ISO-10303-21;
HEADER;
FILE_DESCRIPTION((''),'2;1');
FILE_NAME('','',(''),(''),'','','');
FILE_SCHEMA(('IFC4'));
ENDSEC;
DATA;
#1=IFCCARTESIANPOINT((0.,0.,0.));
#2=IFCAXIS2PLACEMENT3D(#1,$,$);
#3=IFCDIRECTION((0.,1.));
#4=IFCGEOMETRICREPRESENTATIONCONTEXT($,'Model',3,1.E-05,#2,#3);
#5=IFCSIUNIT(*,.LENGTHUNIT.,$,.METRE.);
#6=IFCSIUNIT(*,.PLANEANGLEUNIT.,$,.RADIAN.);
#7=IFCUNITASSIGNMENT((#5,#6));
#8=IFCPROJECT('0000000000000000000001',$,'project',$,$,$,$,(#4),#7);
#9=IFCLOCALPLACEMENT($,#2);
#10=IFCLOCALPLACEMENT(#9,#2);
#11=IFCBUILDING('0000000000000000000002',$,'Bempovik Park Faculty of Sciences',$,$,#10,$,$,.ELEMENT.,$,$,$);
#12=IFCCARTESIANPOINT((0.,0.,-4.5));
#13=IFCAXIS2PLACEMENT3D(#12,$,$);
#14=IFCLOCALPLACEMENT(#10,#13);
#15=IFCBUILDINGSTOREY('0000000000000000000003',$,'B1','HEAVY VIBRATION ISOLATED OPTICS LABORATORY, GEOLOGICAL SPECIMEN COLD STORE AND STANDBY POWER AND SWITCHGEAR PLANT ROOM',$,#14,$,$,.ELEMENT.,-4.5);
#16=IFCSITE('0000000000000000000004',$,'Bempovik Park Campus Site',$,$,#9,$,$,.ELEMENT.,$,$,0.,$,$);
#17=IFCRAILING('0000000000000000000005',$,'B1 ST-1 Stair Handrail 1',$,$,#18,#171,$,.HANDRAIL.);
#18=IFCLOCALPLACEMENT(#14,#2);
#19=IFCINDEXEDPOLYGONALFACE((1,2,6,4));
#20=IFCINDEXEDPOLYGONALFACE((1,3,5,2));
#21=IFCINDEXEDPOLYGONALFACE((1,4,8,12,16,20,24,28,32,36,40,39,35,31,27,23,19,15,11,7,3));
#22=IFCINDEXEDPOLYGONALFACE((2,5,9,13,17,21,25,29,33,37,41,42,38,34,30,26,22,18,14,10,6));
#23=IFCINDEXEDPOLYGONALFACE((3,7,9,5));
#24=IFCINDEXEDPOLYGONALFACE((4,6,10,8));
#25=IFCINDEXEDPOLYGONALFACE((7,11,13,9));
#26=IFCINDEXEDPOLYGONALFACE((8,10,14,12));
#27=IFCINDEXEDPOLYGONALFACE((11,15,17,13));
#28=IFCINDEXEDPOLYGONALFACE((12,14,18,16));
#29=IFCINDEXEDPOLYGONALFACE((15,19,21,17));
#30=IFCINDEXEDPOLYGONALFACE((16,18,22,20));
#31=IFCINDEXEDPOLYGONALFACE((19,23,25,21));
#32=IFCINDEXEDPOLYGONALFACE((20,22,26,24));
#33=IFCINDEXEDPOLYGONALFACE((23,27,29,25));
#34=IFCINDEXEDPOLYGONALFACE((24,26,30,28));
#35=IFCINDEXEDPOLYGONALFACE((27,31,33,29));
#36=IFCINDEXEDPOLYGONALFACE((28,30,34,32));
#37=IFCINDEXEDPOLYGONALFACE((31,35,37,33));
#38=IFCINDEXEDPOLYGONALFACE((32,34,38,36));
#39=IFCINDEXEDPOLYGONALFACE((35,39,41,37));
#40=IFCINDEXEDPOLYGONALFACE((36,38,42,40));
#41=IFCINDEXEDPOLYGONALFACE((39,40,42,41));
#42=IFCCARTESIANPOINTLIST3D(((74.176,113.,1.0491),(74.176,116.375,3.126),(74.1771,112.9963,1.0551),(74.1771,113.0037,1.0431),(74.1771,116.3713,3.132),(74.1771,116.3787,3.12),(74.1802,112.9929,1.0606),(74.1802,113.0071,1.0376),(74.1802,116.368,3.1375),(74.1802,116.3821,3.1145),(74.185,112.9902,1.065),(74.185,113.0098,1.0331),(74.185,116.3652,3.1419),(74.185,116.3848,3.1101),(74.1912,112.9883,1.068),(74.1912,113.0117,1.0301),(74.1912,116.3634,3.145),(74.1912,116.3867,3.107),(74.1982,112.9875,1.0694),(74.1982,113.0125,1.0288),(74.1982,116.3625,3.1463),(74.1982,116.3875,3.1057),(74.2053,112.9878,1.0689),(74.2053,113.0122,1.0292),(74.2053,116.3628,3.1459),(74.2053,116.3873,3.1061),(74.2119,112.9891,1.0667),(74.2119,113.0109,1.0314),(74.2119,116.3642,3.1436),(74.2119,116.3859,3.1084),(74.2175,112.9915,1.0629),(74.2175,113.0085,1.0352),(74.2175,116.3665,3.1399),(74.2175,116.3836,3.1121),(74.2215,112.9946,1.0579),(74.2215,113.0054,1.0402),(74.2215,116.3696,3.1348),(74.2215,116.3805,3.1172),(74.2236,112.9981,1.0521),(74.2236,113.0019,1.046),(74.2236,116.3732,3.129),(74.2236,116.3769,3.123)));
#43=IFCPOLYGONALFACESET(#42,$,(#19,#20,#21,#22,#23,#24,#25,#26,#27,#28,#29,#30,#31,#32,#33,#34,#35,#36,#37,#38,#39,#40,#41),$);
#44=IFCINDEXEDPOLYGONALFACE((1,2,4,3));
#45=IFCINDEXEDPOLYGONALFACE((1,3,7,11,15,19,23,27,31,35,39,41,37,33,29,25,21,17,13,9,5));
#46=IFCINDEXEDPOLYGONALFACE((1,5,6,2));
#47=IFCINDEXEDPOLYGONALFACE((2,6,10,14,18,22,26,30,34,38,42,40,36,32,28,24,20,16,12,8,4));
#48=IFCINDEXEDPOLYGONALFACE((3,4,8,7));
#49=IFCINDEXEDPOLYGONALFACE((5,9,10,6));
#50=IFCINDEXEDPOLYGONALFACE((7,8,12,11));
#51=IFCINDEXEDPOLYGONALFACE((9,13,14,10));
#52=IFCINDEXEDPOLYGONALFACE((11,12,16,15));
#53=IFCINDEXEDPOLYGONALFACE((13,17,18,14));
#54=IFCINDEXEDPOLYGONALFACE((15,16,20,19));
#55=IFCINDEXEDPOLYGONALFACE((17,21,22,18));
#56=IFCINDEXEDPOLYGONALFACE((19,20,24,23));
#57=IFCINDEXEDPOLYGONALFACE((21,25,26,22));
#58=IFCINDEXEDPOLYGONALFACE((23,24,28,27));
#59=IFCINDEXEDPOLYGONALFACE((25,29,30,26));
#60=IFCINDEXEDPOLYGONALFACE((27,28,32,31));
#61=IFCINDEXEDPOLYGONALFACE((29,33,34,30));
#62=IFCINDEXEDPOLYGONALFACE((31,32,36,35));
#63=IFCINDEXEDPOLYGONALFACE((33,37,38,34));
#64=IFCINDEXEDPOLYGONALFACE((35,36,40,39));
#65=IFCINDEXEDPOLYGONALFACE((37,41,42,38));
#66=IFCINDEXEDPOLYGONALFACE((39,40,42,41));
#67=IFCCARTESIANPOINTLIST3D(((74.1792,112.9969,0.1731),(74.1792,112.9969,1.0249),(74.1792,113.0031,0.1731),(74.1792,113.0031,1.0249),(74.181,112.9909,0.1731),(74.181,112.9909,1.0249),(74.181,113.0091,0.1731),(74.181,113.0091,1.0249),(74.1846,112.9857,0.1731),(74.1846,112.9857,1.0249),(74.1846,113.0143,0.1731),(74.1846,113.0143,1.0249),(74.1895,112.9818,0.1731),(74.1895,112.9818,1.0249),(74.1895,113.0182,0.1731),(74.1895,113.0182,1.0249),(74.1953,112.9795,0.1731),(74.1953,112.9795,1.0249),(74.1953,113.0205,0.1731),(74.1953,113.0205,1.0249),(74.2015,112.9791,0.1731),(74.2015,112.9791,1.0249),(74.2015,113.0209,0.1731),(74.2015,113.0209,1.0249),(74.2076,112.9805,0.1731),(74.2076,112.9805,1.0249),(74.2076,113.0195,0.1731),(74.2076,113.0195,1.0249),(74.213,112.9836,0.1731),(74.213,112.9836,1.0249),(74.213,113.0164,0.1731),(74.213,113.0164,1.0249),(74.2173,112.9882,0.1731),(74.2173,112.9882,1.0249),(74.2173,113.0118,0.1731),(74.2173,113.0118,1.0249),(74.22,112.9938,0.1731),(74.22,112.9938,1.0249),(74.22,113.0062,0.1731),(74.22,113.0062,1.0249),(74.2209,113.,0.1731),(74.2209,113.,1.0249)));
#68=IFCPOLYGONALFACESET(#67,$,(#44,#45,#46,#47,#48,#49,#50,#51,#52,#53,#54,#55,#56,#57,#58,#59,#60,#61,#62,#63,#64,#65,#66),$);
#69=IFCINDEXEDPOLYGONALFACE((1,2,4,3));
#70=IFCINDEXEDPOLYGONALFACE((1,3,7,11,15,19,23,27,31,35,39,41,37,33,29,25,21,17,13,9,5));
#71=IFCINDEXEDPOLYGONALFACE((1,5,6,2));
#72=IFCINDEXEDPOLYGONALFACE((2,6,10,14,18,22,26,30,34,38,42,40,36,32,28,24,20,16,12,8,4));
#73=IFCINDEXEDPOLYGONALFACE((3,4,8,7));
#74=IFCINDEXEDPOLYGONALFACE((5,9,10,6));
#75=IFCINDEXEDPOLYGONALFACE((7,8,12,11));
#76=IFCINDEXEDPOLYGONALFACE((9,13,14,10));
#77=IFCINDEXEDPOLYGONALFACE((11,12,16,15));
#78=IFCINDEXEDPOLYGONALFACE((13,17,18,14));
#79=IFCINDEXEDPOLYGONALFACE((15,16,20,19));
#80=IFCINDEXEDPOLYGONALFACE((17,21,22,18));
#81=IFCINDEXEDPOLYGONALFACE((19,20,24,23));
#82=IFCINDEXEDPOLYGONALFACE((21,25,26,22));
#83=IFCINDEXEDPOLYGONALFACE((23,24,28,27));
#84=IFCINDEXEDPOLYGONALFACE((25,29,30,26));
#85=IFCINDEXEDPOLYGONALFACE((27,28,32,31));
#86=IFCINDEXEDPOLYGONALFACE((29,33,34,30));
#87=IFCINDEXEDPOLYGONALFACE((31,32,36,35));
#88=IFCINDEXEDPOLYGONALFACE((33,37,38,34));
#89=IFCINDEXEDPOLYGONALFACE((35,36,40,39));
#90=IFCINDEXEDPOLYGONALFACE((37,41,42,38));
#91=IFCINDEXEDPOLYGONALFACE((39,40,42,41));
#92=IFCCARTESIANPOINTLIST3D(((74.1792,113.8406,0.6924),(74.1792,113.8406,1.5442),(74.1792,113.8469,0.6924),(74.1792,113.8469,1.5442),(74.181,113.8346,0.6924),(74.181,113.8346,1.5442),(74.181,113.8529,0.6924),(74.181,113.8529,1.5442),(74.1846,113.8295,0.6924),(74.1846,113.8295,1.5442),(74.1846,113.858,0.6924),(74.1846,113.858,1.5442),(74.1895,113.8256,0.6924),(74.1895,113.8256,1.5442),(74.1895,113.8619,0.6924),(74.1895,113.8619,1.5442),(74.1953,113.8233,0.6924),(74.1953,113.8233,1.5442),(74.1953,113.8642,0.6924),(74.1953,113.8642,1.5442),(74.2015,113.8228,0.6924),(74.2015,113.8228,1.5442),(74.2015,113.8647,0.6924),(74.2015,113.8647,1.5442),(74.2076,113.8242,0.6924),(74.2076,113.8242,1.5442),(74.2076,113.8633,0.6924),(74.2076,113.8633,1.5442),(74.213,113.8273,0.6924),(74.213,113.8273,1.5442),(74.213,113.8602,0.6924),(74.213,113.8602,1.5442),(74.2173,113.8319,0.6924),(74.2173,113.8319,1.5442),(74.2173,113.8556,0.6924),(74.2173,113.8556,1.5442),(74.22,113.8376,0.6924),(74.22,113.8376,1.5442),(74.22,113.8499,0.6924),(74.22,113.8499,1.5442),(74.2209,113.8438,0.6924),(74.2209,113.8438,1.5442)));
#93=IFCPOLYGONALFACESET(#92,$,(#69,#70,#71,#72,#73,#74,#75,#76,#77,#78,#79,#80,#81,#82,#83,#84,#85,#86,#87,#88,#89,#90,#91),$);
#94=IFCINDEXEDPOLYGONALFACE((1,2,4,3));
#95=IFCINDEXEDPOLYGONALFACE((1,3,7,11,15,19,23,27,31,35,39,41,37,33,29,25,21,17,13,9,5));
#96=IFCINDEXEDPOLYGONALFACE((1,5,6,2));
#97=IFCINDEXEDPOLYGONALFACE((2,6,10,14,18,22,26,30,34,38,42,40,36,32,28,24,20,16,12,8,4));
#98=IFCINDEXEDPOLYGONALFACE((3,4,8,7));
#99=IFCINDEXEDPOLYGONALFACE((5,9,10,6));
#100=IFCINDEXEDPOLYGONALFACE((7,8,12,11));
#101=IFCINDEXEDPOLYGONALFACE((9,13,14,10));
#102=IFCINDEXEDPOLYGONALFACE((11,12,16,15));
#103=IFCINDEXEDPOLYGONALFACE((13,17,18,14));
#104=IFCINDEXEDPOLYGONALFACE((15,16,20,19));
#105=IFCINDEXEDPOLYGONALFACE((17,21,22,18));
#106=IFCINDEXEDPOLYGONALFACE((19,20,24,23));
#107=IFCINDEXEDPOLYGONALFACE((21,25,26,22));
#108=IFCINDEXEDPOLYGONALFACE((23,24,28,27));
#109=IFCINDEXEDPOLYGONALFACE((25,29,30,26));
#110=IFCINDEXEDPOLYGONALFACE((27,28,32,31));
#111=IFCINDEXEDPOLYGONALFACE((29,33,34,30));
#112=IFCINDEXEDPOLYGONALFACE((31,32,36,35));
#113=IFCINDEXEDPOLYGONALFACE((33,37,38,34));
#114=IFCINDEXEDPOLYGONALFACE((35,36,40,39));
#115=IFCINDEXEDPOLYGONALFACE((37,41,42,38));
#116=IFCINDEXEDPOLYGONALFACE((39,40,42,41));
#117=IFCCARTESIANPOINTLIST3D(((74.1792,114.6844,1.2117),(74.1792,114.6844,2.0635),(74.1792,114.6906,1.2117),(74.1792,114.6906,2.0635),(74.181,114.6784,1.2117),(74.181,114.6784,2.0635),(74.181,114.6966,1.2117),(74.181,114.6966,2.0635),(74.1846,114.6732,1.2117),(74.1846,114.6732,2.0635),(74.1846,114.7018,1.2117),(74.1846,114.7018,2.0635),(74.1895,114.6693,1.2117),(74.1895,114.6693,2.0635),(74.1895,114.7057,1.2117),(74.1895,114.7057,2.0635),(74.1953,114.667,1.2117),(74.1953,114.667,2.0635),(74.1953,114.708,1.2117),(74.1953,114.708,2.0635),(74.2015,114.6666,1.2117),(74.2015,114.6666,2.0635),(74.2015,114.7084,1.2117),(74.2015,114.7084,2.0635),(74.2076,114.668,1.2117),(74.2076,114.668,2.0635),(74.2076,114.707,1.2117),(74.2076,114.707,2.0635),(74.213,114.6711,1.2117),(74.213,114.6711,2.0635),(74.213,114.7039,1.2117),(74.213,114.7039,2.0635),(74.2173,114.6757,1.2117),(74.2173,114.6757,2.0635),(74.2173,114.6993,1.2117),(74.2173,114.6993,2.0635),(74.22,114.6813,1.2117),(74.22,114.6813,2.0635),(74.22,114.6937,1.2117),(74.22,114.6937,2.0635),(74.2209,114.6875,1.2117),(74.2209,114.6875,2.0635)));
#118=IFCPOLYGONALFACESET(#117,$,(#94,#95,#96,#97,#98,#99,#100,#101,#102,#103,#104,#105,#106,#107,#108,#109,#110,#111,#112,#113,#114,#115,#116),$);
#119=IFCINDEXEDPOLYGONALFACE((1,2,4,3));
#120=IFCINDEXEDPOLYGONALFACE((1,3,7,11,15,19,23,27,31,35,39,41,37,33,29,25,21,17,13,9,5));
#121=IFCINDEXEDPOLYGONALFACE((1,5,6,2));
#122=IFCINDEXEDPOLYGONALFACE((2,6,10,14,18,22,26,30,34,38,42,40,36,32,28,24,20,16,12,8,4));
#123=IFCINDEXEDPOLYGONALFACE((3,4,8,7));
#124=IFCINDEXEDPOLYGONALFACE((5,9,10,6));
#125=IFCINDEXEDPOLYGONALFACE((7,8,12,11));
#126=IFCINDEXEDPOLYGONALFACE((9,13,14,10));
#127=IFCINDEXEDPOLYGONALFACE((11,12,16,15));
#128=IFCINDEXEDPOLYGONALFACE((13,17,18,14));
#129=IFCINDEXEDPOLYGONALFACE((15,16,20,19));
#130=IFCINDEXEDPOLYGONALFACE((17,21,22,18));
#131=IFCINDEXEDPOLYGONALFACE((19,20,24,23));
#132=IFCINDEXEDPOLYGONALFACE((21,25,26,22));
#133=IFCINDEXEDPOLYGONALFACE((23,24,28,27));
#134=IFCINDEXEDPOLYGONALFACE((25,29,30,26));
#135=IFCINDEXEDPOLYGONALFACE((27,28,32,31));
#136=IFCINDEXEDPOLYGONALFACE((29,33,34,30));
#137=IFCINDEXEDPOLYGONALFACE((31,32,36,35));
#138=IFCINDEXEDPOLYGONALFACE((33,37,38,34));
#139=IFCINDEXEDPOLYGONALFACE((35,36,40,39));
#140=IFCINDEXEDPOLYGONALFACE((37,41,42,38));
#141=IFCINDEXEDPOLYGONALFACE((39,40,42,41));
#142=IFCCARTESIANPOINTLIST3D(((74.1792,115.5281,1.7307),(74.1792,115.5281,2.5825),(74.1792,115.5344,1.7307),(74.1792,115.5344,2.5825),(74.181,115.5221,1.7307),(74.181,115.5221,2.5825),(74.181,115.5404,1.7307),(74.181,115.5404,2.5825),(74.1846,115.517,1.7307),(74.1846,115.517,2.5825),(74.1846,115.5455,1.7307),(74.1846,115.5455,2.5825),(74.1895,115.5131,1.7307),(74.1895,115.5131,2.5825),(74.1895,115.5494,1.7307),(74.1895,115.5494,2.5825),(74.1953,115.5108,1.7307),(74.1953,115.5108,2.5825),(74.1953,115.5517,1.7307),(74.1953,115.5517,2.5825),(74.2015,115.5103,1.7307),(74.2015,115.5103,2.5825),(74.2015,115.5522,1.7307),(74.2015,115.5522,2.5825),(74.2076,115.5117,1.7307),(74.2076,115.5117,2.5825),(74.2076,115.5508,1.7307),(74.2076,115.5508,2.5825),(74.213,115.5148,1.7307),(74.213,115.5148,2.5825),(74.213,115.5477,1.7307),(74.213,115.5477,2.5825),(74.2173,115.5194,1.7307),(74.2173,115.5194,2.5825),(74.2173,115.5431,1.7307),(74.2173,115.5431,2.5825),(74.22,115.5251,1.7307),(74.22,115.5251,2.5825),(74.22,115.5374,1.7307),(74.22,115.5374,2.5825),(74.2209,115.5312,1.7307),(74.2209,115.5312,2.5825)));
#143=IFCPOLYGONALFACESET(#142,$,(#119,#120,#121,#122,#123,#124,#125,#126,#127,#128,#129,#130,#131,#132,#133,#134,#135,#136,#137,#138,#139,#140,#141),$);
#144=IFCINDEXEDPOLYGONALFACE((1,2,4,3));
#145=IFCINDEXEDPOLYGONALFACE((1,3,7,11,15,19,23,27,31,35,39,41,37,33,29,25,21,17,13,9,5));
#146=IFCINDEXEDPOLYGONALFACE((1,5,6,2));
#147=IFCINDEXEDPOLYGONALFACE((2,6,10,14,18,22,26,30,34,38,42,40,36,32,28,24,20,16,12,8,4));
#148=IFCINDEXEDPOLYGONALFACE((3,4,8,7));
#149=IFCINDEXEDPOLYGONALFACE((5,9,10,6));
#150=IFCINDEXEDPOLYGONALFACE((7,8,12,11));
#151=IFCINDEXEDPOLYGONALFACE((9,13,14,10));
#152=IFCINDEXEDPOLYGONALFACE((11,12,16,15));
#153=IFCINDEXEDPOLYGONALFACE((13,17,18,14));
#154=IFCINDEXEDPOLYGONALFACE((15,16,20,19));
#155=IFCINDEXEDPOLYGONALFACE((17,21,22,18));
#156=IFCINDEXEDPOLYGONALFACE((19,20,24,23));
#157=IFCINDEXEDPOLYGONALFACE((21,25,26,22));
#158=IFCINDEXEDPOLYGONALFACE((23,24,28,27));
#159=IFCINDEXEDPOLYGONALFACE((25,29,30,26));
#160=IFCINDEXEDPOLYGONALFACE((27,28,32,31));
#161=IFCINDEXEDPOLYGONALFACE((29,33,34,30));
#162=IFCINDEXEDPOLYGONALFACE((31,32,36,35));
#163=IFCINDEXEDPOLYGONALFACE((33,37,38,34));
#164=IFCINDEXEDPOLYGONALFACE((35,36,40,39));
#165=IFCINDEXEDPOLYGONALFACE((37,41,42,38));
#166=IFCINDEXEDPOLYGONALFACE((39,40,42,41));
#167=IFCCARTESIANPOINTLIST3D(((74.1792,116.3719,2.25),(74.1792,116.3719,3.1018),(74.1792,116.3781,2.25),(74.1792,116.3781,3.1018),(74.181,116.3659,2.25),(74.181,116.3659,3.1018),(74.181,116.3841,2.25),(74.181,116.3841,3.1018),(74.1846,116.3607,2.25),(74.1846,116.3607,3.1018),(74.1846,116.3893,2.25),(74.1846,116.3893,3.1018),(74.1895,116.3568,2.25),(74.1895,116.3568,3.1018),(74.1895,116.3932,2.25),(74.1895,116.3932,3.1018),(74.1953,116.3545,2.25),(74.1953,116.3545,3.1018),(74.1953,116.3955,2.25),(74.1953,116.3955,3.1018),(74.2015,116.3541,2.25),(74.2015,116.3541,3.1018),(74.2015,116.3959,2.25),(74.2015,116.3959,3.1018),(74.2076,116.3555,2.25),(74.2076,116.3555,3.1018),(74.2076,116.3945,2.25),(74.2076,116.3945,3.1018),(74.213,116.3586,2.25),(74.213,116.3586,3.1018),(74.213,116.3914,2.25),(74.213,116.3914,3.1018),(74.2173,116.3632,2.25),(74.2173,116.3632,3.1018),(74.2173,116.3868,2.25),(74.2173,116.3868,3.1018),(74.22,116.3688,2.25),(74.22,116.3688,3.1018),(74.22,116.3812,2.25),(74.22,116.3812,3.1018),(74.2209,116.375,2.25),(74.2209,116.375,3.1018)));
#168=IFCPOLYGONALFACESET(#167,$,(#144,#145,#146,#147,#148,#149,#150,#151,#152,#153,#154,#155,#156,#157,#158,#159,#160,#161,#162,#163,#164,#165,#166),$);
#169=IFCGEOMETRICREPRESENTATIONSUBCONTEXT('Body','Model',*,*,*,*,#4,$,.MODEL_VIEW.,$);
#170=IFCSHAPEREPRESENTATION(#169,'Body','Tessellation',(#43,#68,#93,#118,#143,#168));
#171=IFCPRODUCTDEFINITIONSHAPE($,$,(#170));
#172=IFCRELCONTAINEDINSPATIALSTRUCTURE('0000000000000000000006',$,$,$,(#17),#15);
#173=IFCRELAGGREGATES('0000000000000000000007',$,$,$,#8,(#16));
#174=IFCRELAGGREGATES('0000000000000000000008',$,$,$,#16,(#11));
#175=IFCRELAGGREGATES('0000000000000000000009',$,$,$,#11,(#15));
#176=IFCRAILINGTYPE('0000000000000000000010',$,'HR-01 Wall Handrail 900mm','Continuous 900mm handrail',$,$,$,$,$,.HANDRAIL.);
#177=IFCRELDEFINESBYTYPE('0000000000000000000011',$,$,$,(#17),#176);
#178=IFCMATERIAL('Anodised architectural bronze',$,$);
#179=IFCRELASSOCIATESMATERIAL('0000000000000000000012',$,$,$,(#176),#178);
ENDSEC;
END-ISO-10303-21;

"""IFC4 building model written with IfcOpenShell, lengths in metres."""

from ifc_helpers import new_model, si_unit, direction, frame, origin, origin_2d, place, context, subcontext, project, spatial, circle, extrude, material, type_object, element, save


model = new_model("IFC4")

# Units and contexts
model_context = context("Model", 3, precision=1e-05, world=origin(), true_north=direction((0.0, 1.0)))
body_context = subcontext(model_context, "Body", "Model", "MODEL_VIEW")
ifc_project = project(units=[si_unit("LENGTHUNIT", "METRE"), si_unit("PLANEANGLEUNIT", "RADIAN")], contexts=[model_context])

# Site, building, storey
site_placement = place(None, origin())
site = spatial("IfcSite", under=ifc_project, at=site_placement, Name="Bempovik Park Campus Site", CompositionType="ELEMENT", RefElevation=0.0)
building_placement = place(site_placement, origin())
building = spatial("IfcBuilding", under=site, at=building_placement, Name="Bempovik Park Faculty of Sciences", CompositionType="ELEMENT")
storey_placement = place(building_placement, frame((0.0, 0.0, -4.5)))
storey = spatial("IfcBuildingStorey", under=building, at=storey_placement, Name="B1", Description="HEAVY VIBRATION ISOLATED OPTICS LABORATORY, GEOLOGICAL SPECIMEN COLD STORE AND STANDBY POWER AND SWITCHGEAR PLANT ROOM", CompositionType="ELEMENT", Elevation=-4.5)

# Railing
ifc_material_1 = material(Name="Anodised architectural bronze")
railing_type_1 = type_object("IfcRailingType", Name="HR-01 Wall Handrail 900mm", Description="Continuous 900mm handrail", PredefinedType="HANDRAIL", material=ifc_material_1)
railing_1_placement = place(storey_placement, frame((74.2, 113.0, 0.1731)))
element("IfcRailing", 1, at=railing_1_placement, inside=storey, type_object=railing_type_1, Name="B1 ST-1 Stair Handrail 1", PredefinedType="HANDRAIL", context=body_context, shape_type="SweptSolid", body=[
    extrude(circle(Radius=0.0239, at=origin_2d()), frame((0.0, 0.0, 0.876), z_axis=(0.0, 0.85166, 0.524094), x_axis=(-1.0, 0.0, 0.0)), (0.0, 0.0, 1.0), 3.9629),
    extrude(circle(Radius=0.021, at=origin_2d()), origin(), (0.0, 0.0, 1.0), 0.8518),
    extrude(circle(Radius=0.021, at=origin_2d()), frame((0.0, 0.8438, 0.5193)), (0.0, 0.0, 1.0), 0.8518),
    extrude(circle(Radius=0.021, at=origin_2d()), frame((0.0, 1.6875, 1.0386)), (0.0, 0.0, 1.0), 0.8518),
    extrude(circle(Radius=0.021, at=origin_2d()), frame((0.0, 2.5312, 1.5576)), (0.0, 0.0, 1.0), 0.8518),
    extrude(circle(Radius=0.021, at=origin_2d()), frame((0.0, 3.375, 2.0769)), (0.0, 0.0, 1.0), 0.8518),
])

save(model, "model.ifc")
